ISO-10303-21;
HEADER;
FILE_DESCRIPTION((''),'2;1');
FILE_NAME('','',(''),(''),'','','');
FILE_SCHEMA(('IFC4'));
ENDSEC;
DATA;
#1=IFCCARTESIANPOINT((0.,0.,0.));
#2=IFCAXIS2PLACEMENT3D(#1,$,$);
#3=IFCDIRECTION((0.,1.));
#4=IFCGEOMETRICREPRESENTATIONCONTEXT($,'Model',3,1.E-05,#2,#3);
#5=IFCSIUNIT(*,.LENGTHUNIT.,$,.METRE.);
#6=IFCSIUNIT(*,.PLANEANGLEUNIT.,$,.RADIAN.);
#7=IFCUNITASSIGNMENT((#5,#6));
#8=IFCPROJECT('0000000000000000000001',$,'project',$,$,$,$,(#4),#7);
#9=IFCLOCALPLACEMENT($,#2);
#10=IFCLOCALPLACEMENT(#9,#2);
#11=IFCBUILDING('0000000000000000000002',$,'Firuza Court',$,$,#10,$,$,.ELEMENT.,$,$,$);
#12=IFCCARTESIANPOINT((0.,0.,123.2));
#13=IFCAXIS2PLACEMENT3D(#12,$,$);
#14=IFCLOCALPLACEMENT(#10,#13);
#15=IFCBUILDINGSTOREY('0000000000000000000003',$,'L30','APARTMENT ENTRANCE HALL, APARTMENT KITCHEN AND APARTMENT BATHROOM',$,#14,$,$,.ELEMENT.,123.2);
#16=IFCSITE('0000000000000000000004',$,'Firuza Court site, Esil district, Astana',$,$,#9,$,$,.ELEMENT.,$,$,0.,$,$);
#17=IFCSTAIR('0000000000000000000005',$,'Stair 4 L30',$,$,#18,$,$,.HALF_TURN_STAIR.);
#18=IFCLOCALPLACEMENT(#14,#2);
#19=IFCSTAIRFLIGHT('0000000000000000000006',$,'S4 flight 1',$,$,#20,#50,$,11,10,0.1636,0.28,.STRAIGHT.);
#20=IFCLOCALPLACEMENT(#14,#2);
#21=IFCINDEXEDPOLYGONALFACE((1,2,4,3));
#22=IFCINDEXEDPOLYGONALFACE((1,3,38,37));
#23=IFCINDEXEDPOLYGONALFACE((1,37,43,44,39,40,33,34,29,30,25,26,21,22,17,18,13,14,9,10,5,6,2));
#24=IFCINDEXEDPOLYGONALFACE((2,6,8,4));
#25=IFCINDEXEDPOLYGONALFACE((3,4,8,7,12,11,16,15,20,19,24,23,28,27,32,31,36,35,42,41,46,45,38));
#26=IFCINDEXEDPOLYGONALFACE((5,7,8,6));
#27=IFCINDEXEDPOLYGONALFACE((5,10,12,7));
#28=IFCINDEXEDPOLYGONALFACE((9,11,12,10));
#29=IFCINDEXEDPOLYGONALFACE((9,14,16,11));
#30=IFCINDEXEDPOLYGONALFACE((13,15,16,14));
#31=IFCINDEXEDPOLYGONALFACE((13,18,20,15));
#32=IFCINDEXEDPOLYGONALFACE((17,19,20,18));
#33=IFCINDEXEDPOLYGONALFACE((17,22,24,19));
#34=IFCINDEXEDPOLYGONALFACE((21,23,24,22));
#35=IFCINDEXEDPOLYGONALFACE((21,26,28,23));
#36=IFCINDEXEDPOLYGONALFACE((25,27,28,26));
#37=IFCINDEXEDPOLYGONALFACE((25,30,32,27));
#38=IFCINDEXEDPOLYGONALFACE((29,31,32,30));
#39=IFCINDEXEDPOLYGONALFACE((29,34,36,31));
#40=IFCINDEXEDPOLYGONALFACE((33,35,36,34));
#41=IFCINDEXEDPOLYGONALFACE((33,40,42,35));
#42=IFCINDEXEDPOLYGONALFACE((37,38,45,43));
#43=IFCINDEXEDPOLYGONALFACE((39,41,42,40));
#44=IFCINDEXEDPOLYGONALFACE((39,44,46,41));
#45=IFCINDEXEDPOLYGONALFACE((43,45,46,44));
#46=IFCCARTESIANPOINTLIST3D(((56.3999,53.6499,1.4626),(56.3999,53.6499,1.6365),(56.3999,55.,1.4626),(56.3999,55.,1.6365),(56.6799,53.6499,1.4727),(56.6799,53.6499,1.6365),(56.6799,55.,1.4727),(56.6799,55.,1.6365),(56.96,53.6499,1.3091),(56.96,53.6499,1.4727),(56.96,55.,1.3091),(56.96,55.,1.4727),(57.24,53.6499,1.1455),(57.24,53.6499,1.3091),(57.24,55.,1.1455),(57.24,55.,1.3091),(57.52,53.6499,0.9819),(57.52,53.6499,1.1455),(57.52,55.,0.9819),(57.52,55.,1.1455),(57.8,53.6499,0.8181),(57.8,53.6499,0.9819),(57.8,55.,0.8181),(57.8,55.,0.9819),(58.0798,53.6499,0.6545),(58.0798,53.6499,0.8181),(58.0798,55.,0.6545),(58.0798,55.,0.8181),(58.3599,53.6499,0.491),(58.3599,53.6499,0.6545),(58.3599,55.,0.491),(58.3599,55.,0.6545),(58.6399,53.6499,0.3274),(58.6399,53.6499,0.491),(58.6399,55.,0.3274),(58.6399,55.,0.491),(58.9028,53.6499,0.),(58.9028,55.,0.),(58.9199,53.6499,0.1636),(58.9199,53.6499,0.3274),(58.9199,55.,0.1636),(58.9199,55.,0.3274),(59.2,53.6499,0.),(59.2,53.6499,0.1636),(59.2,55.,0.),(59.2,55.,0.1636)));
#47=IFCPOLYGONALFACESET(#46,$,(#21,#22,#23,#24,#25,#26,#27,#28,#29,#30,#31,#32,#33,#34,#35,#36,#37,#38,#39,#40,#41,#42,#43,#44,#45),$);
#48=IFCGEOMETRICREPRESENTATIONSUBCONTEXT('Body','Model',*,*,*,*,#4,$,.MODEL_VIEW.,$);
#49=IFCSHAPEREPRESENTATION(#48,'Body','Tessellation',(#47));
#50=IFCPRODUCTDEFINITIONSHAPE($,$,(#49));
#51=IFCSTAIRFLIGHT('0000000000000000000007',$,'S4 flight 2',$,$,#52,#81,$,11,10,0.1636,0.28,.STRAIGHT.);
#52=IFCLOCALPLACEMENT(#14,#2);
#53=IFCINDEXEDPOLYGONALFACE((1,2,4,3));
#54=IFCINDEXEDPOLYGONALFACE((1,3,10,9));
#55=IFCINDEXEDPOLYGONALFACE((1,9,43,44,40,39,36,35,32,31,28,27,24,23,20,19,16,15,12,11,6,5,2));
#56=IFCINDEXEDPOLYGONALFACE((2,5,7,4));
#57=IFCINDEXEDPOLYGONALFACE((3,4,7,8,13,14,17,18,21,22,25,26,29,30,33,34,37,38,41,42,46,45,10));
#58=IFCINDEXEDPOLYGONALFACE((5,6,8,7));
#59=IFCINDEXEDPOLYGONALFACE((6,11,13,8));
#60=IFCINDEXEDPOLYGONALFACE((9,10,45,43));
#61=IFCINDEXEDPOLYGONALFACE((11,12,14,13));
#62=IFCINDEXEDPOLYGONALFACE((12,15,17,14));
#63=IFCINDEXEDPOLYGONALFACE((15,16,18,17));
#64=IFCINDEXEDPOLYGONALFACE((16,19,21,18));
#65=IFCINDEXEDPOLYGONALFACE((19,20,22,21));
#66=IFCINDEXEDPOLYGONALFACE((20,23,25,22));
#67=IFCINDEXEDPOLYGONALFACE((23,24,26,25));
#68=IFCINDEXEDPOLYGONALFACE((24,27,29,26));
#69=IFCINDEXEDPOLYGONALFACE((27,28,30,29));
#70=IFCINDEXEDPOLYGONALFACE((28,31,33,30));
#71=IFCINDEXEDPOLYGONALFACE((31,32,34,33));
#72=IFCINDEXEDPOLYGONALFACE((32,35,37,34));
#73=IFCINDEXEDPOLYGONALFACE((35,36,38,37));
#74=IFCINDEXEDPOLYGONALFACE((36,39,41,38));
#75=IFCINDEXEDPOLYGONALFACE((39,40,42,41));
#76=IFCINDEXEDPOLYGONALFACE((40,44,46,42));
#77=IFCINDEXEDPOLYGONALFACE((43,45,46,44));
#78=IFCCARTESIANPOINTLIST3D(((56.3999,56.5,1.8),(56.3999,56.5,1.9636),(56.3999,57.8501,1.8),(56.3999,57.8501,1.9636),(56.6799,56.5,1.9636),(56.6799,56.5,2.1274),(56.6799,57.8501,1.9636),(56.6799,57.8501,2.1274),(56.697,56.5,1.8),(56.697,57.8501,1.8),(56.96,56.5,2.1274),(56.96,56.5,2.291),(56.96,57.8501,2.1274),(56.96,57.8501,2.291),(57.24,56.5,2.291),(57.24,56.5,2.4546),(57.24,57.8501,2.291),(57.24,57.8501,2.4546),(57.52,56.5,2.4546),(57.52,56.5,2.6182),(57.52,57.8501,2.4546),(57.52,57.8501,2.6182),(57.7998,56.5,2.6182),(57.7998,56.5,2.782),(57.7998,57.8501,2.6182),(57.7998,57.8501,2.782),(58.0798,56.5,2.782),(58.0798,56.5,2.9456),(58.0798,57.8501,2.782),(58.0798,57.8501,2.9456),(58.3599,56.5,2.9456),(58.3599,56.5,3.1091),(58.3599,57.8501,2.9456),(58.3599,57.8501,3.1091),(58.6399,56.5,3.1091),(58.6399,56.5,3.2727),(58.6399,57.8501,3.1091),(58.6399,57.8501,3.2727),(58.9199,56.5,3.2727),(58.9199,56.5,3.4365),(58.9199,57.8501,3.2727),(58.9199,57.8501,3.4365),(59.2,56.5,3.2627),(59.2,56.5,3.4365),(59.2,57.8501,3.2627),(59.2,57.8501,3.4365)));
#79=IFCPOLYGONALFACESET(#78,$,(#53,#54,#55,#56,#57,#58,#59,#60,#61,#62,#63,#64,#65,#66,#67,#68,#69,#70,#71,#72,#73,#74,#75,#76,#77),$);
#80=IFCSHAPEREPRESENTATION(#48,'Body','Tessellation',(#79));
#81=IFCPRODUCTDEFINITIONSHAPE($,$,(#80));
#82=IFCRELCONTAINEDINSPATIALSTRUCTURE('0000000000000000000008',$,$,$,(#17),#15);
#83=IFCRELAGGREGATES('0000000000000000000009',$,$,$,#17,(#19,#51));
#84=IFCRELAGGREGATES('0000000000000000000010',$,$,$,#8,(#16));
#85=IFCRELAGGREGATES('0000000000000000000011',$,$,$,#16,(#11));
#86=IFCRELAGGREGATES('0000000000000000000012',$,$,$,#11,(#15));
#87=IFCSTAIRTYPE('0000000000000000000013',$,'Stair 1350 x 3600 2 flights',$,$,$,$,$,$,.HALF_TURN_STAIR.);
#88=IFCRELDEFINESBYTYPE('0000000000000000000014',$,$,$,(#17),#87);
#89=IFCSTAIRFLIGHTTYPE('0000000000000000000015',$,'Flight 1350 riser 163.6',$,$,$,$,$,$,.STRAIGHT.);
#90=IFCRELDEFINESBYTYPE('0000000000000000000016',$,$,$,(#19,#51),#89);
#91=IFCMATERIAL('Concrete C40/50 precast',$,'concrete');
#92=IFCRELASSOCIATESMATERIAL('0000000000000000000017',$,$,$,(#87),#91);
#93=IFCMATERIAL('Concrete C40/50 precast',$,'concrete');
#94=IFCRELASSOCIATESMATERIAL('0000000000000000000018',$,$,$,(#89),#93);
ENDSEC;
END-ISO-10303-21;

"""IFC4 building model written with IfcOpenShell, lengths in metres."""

from ifc_helpers import new_model, si_unit, direction, frame, origin, place, context, subcontext, project, spatial, polyline, outline, extrude, material, type_object, element, aggregate, save


model = new_model("IFC4")

# Units and contexts
model_context = context("Model", 3, precision=1e-05, world=origin(), true_north=direction((0.0, 1.0)))
body_context = subcontext(model_context, "Body", "Model", "MODEL_VIEW")
ifc_project = project(units=[si_unit("LENGTHUNIT", "METRE"), si_unit("PLANEANGLEUNIT", "RADIAN")], contexts=[model_context])

# Site, building, storey
site_placement = place(None, origin())
site = spatial("IfcSite", under=ifc_project, at=site_placement, Name="Firuza Court site, Esil district, Astana", CompositionType="ELEMENT", RefElevation=0.0)
building_placement = place(site_placement, origin())
building = spatial("IfcBuilding", under=site, at=building_placement, Name="Firuza Court", CompositionType="ELEMENT")
storey_placement = place(building_placement, frame((0.0, 0.0, 123.2)))
storey = spatial("IfcBuildingStorey", under=building, at=storey_placement, Name="L30", Description="APARTMENT ENTRANCE HALL, APARTMENT KITCHEN AND APARTMENT BATHROOM", CompositionType="ELEMENT", Elevation=123.2)

# Stair, stair flights
ifc_material_1 = material(Name="Concrete C40/50 precast", Category="concrete")
stair_type = type_object("IfcStairType", Name="Stair 1350 x 3600 2 flights", PredefinedType="HALF_TURN_STAIR", material=ifc_material_1)
stair_placement = place(storey_placement, origin())
stair = element("IfcStair", 1, at=stair_placement, inside=storey, type_object=stair_type, Name="Stair 4 L30", PredefinedType="HALF_TURN_STAIR")
ifc_material_2 = material(Name="Concrete C40/50 precast", Category="concrete")
stair_flight_type = type_object("IfcStairFlightType", Name="Flight 1350 riser 163.6", PredefinedType="STRAIGHT", material=ifc_material_2)
stair_flight_1_placement = place(storey_placement, frame((59.2, 54.325, 0.0), z_axis=(0.0, 0.0, 1.0), x_axis=(-1.0, 0.0, 0.0)))
stair_flight_1 = element("IfcStairFlight", 2, at=stair_flight_1_placement, type_object=stair_flight_type, Name="S4 flight 1", NumberOfRisers=11, NumberOfTreads=10, PredefinedType="STRAIGHT", RiserHeight=0.1636, TreadLength=0.28, context=body_context, shape_type="SweptSolid", body=[
    extrude(outline(polyline([(0.0, 0.0), (0.0, 0.1636), (0.28, 0.1636), (0.28, 0.3274), (0.5601, 0.3274), (0.5601, 0.491), (0.8401, 0.491), (0.8401, 0.6545), (1.1201, 0.6545), (1.1201, 0.8181), (1.3999, 0.8181), (1.3999, 0.9819), (1.6799, 0.9819), (1.6799, 1.1455), (1.96, 1.1455), (1.96, 1.3091), (2.24, 1.3091), (2.24, 1.4727), (2.52, 1.4727), (2.52, 1.6365), (2.8, 1.6365), (2.8, 1.8), (2.8, 1.4626), (0.2971, 0.0), (0.0, 0.0)])), frame((0.0, 0.675, 0.0), z_axis=(0.0, -1.0, 0.0), x_axis=(1.0, 0.0, 0.0)), (0.0, 0.0, 1.0), 1.3501),
])
stair_flight_2_placement = place(storey_placement, frame((56.3999, 57.175, 1.8), z_axis=(0.0, 0.0, 1.0), x_axis=(1.0, 0.0, 0.0)))
stair_flight_2 = element("IfcStairFlight", 3, at=stair_flight_2_placement, type_object=stair_flight_type, Name="S4 flight 2", NumberOfRisers=11, NumberOfTreads=10, PredefinedType="STRAIGHT", RiserHeight=0.1636, TreadLength=0.28, context=body_context, shape_type="SweptSolid", body=[
    extrude(outline(polyline([(0.0, 0.0), (0.0, 0.1636), (0.28, 0.1636), (0.28, 0.3274), (0.5601, 0.3274), (0.5601, 0.491), (0.8401, 0.491), (0.8401, 0.6545), (1.1201, 0.6545), (1.1201, 0.8181), (1.3999, 0.8181), (1.3999, 0.9819), (1.6799, 0.9819), (1.6799, 1.1455), (1.96, 1.1455), (1.96, 1.3091), (2.24, 1.3091), (2.24, 1.4727), (2.52, 1.4727), (2.52, 1.6365), (2.8, 1.6365), (2.8, 1.8), (2.8, 1.4626), (0.2971, 0.0), (0.0, 0.0)])), frame((0.0, 0.675, 0.0), z_axis=(0.0, -1.0, 0.0), x_axis=(1.0, 0.0, 0.0)), (0.0, 0.0, 1.0), 1.3501),
])
aggregate(stair, [stair_flight_1, stair_flight_2])

save(model, "model.ifc")
